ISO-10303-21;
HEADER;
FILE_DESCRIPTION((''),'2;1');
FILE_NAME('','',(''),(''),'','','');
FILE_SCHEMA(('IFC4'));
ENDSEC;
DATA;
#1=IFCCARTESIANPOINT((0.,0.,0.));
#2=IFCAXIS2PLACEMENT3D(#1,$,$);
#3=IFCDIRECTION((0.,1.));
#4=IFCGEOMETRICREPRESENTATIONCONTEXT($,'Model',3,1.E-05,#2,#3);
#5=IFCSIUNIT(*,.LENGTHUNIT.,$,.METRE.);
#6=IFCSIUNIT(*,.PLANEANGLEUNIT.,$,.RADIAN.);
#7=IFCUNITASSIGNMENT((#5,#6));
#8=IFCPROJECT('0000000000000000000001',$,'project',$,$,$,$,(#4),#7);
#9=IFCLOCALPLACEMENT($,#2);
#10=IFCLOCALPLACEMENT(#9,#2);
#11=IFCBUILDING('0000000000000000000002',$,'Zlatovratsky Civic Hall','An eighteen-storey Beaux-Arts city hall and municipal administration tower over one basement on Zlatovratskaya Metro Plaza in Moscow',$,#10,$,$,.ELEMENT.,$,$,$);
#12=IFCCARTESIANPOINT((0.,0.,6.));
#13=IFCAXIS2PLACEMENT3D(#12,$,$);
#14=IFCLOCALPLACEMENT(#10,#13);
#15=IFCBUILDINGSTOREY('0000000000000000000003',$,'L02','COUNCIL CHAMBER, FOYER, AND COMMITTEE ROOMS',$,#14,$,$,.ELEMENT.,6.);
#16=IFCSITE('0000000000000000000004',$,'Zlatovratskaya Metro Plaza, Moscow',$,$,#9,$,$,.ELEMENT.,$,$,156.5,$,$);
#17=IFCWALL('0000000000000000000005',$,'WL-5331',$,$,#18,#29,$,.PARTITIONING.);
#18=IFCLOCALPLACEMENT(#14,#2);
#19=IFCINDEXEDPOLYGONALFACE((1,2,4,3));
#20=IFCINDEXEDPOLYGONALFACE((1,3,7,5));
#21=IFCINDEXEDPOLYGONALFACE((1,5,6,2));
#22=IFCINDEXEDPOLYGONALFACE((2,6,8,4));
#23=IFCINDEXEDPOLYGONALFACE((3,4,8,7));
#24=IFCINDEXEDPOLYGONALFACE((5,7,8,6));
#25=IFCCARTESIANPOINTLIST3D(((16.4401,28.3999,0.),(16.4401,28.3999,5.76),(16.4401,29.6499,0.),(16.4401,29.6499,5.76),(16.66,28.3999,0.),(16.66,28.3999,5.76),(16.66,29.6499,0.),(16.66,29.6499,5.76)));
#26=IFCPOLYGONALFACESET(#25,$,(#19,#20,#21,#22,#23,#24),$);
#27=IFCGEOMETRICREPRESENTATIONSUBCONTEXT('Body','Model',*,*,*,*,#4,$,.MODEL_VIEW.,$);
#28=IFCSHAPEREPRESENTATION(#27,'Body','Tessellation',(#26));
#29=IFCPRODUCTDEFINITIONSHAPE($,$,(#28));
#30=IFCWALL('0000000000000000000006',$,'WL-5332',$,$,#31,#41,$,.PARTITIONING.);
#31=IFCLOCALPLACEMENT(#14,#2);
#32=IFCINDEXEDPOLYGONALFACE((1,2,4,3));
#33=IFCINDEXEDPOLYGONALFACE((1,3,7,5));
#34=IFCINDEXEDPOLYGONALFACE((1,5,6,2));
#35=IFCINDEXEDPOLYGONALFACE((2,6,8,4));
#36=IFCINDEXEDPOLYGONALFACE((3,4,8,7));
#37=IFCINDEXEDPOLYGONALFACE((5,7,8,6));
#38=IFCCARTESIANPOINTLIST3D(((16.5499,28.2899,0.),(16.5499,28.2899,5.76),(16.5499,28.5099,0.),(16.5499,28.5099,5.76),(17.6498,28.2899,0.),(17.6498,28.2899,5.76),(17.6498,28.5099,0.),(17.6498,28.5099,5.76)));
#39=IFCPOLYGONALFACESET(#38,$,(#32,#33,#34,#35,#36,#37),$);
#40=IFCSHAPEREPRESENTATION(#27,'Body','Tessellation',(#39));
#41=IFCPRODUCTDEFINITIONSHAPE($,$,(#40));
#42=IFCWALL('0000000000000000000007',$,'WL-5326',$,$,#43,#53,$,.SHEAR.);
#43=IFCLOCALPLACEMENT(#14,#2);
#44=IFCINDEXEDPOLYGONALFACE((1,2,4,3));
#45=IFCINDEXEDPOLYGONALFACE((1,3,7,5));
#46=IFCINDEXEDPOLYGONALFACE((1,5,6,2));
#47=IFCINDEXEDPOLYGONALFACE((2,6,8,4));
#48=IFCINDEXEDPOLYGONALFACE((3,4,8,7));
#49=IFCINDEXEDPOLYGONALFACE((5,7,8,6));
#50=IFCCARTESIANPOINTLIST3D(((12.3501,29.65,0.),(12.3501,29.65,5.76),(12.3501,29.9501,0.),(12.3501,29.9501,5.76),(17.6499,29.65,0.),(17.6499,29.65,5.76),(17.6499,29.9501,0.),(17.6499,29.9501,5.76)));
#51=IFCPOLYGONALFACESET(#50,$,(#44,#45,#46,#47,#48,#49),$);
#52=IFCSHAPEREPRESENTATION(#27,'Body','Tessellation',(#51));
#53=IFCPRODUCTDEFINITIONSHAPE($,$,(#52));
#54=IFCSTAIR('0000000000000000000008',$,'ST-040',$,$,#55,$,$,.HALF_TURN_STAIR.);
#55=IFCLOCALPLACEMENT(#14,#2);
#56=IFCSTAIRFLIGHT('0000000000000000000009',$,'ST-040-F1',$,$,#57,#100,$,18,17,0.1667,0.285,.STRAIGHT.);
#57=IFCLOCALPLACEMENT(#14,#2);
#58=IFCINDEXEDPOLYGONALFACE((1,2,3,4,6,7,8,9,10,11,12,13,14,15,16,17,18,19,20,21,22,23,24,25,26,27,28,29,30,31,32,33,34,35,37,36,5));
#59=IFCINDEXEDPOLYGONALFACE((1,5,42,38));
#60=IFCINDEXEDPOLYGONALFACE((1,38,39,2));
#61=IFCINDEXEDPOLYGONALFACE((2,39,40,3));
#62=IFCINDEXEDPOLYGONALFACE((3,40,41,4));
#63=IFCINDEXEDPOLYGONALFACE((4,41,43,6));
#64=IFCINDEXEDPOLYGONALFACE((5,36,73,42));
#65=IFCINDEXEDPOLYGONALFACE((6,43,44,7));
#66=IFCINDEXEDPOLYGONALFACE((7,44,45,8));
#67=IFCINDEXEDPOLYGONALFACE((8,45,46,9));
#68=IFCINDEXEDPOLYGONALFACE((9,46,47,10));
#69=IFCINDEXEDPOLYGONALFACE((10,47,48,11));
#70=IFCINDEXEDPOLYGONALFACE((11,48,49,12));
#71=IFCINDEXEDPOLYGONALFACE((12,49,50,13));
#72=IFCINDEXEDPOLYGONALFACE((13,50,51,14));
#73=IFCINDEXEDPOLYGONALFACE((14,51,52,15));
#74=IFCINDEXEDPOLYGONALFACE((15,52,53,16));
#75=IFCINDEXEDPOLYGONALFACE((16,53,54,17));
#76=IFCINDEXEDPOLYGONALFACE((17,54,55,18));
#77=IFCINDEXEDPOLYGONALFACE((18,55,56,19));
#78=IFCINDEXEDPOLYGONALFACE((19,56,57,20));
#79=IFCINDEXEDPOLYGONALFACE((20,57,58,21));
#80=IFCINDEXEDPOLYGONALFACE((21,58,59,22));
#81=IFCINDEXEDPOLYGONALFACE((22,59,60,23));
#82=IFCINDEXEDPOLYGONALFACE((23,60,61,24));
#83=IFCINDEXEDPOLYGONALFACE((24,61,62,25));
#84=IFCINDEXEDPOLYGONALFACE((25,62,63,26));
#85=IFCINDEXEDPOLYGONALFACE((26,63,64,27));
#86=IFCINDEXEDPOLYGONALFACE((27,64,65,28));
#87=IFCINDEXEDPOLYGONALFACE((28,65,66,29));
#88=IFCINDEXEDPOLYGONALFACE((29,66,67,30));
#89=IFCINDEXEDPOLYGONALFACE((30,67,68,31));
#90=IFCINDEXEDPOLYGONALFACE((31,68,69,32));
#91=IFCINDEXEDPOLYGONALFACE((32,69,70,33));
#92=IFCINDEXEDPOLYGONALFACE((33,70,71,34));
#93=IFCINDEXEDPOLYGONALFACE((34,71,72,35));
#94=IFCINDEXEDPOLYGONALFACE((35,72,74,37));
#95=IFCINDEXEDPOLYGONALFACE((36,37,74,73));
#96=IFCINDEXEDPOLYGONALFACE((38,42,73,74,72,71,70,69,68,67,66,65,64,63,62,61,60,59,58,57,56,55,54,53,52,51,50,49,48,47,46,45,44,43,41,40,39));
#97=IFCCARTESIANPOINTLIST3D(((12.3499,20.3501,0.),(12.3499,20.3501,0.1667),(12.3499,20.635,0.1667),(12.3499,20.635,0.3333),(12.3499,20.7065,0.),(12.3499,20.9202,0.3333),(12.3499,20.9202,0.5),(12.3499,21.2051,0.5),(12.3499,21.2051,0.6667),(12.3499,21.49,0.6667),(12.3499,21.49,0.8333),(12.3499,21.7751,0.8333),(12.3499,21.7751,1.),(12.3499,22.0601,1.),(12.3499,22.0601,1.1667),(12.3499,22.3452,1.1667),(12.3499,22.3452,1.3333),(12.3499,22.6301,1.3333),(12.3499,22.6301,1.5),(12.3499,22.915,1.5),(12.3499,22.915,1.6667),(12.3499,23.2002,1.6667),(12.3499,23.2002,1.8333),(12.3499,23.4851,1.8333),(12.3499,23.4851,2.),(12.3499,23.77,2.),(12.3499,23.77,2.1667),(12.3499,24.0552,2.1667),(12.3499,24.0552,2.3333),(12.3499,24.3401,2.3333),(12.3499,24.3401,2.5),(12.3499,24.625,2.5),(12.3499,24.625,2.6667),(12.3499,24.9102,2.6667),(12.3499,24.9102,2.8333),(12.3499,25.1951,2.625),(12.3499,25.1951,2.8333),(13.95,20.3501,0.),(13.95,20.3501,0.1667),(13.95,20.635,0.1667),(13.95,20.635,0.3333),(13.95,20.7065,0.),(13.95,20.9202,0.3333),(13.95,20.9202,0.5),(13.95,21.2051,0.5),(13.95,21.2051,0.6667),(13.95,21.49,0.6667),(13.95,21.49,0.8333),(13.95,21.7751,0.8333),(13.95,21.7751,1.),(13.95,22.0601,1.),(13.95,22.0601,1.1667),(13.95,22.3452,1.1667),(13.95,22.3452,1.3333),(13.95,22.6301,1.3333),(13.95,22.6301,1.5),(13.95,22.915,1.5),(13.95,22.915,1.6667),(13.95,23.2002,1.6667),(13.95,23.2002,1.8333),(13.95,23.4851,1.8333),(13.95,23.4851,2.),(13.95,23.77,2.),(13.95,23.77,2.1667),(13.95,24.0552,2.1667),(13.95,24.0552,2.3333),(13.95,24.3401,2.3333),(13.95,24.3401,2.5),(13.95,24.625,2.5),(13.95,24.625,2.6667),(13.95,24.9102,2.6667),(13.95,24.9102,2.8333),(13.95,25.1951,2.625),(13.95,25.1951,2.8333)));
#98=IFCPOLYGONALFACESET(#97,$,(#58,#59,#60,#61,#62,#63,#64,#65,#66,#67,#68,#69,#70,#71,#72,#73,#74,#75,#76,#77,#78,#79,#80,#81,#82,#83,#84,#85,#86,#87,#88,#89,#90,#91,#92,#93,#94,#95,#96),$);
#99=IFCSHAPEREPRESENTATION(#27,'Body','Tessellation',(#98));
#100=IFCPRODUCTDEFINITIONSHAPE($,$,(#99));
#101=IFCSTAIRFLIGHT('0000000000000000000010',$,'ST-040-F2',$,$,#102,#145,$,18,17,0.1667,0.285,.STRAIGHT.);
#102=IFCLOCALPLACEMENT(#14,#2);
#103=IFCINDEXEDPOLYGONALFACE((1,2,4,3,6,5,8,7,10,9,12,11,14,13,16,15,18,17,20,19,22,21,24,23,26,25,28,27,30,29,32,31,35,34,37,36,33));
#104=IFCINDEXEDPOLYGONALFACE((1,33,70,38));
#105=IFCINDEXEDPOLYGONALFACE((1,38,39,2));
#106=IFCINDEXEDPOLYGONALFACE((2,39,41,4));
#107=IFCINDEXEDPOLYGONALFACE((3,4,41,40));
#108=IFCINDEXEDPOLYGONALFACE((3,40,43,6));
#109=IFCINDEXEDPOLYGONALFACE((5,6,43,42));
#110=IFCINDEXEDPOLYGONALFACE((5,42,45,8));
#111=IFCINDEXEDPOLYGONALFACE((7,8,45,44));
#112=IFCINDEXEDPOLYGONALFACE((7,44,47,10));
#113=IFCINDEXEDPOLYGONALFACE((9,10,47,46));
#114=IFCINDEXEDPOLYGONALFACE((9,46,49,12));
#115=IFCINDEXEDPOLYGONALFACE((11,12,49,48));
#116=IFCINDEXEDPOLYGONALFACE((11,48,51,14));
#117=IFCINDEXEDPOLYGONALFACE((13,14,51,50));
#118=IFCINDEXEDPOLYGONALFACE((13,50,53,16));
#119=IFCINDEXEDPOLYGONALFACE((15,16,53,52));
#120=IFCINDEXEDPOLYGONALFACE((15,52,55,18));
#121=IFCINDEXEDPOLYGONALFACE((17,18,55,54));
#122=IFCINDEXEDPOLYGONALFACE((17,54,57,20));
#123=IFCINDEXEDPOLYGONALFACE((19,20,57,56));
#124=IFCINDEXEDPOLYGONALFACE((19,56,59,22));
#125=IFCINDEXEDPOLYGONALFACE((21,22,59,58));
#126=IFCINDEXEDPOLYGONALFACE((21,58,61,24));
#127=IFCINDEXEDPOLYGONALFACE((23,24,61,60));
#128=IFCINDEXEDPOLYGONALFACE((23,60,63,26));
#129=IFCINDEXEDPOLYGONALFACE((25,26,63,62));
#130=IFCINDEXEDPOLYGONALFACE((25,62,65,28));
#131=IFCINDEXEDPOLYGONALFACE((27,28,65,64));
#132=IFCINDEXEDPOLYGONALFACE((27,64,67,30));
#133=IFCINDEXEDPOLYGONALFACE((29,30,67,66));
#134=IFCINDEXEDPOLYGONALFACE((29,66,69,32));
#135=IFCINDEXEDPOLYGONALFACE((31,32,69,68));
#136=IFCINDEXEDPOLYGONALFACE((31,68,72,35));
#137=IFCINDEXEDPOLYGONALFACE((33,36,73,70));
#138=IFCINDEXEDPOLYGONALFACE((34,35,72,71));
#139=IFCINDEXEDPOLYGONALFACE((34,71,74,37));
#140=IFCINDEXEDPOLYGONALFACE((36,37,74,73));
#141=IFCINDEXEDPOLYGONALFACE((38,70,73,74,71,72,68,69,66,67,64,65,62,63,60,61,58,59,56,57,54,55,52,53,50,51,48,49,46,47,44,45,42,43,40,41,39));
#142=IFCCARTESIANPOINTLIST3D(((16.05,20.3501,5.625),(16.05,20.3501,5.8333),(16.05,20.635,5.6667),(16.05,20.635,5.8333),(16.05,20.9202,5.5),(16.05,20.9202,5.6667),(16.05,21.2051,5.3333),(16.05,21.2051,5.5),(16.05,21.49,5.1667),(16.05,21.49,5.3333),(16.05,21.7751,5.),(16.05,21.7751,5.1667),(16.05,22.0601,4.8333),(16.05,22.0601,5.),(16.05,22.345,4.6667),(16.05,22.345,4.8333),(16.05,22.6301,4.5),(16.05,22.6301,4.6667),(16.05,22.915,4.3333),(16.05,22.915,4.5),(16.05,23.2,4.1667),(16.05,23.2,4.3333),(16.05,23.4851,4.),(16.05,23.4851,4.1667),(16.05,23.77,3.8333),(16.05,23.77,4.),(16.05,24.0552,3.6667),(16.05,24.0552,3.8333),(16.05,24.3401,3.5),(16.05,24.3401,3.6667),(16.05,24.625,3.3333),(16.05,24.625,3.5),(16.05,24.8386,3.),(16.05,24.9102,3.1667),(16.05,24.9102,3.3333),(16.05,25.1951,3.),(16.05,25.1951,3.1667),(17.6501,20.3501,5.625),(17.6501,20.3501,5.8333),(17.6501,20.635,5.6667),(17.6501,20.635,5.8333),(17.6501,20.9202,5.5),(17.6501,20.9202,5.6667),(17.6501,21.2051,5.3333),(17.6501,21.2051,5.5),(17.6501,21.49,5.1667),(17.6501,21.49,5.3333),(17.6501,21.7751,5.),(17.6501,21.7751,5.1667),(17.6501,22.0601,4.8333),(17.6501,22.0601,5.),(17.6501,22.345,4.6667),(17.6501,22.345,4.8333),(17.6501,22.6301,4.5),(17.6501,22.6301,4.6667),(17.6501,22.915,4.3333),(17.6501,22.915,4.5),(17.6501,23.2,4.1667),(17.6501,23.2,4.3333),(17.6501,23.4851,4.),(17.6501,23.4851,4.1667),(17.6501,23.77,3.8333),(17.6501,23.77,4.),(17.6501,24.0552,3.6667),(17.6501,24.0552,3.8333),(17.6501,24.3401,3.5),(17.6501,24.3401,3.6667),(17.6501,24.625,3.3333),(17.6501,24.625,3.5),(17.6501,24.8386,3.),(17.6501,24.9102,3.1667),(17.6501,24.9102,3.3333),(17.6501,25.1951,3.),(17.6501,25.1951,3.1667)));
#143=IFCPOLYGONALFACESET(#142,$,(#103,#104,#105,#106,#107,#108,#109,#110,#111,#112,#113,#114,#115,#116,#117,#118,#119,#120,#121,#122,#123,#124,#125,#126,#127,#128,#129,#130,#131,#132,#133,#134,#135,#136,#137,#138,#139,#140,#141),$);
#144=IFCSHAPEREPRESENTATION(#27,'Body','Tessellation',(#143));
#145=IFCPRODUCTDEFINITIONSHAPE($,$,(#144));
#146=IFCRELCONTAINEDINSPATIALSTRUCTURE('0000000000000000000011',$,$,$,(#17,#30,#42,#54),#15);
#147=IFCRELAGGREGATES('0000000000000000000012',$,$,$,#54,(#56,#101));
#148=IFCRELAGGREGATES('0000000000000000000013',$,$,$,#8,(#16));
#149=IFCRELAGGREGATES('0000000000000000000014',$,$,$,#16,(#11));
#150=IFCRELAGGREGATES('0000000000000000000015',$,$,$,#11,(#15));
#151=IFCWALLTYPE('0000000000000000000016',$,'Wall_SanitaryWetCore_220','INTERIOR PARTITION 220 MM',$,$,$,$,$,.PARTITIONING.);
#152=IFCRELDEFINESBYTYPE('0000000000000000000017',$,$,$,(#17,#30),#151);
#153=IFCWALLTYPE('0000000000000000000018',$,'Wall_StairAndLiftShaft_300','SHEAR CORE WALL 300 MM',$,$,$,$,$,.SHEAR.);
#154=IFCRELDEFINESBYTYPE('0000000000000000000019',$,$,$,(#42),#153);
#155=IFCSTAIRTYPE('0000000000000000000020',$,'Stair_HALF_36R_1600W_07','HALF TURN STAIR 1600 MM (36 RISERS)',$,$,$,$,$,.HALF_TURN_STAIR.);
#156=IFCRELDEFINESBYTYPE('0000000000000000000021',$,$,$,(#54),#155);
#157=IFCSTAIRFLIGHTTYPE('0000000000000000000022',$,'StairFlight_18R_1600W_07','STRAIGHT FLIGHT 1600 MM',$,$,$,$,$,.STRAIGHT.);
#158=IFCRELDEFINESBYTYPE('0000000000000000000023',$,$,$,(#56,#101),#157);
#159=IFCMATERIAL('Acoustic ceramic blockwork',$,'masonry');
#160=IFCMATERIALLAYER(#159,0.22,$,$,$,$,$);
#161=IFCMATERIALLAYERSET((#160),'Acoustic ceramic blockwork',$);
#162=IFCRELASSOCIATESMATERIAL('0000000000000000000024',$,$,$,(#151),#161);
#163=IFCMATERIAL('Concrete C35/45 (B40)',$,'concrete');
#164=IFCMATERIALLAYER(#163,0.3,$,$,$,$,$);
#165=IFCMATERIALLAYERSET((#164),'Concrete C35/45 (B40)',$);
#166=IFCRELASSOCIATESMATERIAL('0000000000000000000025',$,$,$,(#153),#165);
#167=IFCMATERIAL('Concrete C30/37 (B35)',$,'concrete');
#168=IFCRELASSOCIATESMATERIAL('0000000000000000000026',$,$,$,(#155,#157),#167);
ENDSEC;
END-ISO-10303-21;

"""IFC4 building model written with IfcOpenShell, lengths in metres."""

from ifc_helpers import new_model, si_unit, direction, frame, frame_2d, origin, place, context, subcontext, project, spatial, polyline, rectangle, outline, extrude, material, layer, layer_set, type_object, element, aggregate, save


model = new_model("IFC4")

# Units and contexts
model_context = context("Model", 3, precision=1e-05, world=origin(), true_north=direction((0.0, 1.0)))
body_context = subcontext(model_context, "Body", "Model", "MODEL_VIEW")
ifc_project = project(units=[si_unit("LENGTHUNIT", "METRE"), si_unit("PLANEANGLEUNIT", "RADIAN")], contexts=[model_context])

# Site, building, storey
site_placement = place(None, origin())
site = spatial("IfcSite", under=ifc_project, at=site_placement, Name="Zlatovratskaya Metro Plaza, Moscow", CompositionType="ELEMENT", RefElevation=156.5)
building_placement = place(site_placement, origin())
building = spatial("IfcBuilding", under=site, at=building_placement, Name="Zlatovratsky Civic Hall", Description="An eighteen-storey Beaux-Arts city hall and municipal administration tower over one basement on Zlatovratskaya Metro Plaza in Moscow", CompositionType="ELEMENT")
storey_placement = place(building_placement, frame((0.0, 0.0, 6.0)))
storey = spatial("IfcBuildingStorey", under=building, at=storey_placement, Name="L02", Description="COUNCIL CHAMBER, FOYER, AND COMMITTEE ROOMS", CompositionType="ELEMENT", Elevation=6.0)

# Shared definitions
ifc_material_1 = material(Name="Concrete C35/45 (B40)", Category="concrete")

# Shared definitions
ifc_material_2 = material(Name="Acoustic ceramic blockwork", Category="masonry")

# Walls
ifc_layer_1 = layer(ifc_material_2, 0.22)
ifc_layer_set_1 = layer_set([ifc_layer_1], Name="Acoustic ceramic blockwork")
wall_type_1 = type_object("IfcWallType", Name="Wall_SanitaryWetCore_220", Description="INTERIOR PARTITION 220 MM", PredefinedType="PARTITIONING", material=ifc_layer_set_1)
wall_1_placement = place(storey_placement, frame((16.55, 28.3999, 0.0), z_axis=(0.0, 0.0, 1.0), x_axis=(0.0, 1.0, 0.0)))
element("IfcWall", 1, at=wall_1_placement, inside=storey, type_object=wall_type_1, Name="WL-5331", PredefinedType="PARTITIONING", context=body_context, shape_type="SweptSolid", body=[
    extrude(rectangle(XDim=1.25, YDim=0.22, at=frame_2d((0.625, 0.0))), origin(), (0.0, 0.0, 1.0), 5.76),
])
wall_2_placement = place(storey_placement, frame((16.55, 28.3999, 0.0), z_axis=(0.0, 0.0, 1.0), x_axis=(1.0, 0.0, 0.0)))
element("IfcWall", 2, at=wall_2_placement, inside=storey, type_object=wall_type_1, Name="WL-5332", PredefinedType="PARTITIONING", context=body_context, shape_type="SweptSolid", body=[
    extrude(rectangle(XDim=1.0999, YDim=0.22, at=frame_2d((0.5498, 0.0))), origin(), (0.0, 0.0, 1.0), 5.76),
])
ifc_layer_2 = layer(ifc_material_1, 0.3)
ifc_layer_set_2 = layer_set([ifc_layer_2], Name="Concrete C35/45 (B40)")
wall_type_2 = type_object("IfcWallType", Name="Wall_StairAndLiftShaft_300", Description="SHEAR CORE WALL 300 MM", PredefinedType="SHEAR", material=ifc_layer_set_2)
wall_3_placement = place(storey_placement, frame((12.3501, 29.8, 0.0), z_axis=(0.0, 0.0, 1.0), x_axis=(1.0, 0.0, 0.0)))
element("IfcWall", 3, at=wall_3_placement, inside=storey, type_object=wall_type_2, Name="WL-5326", PredefinedType="SHEAR", context=body_context, shape_type="SweptSolid", body=[
    extrude(rectangle(XDim=5.2998, YDim=0.3, at=frame_2d((2.6499, 0.0))), origin(), (0.0, 0.0, 1.0), 5.76),
])

# Stair, stair flights
ifc_material_3 = material(Name="Concrete C30/37 (B35)", Category="concrete")
stair_type = type_object("IfcStairType", Name="Stair_HALF_36R_1600W_07", Description="HALF TURN STAIR 1600 MM (36 RISERS)", PredefinedType="HALF_TURN_STAIR", material=ifc_material_3)
stair_placement = place(storey_placement, origin())
stair = element("IfcStair", 4, at=stair_placement, inside=storey, type_object=stair_type, Name="ST-040", PredefinedType="HALF_TURN_STAIR")
stair_flight_type = type_object("IfcStairFlightType", Name="StairFlight_18R_1600W_07", Description="STRAIGHT FLIGHT 1600 MM", PredefinedType="STRAIGHT", material=ifc_material_3)
stair_flight_1_placement = place(storey_placement, frame((13.1499, 20.3501, 0.0), z_axis=(0.0, 0.0, 1.0), x_axis=(0.0, 1.0, 0.0)))
stair_flight_1 = element("IfcStairFlight", 5, at=stair_flight_1_placement, type_object=stair_flight_type, Name="ST-040-F1", NumberOfRisers=18, NumberOfTreads=17, PredefinedType="STRAIGHT", RiserHeight=0.1667, TreadLength=0.285, context=body_context, shape_type="SweptSolid", body=[
    extrude(outline(polyline([(0.0, 0.0), (0.0, 0.1667), (0.2849, 0.1667), (0.2849, 0.3333), (0.5701, 0.3333), (0.5701, 0.5), (0.855, 0.5), (0.855, 0.6667), (1.1399, 0.6667), (1.1399, 0.8333), (1.425, 0.8333), (1.425, 1.0), (1.71, 1.0), (1.71, 1.1667), (1.9951, 1.1667), (1.9951, 1.3333), (2.28, 1.3333), (2.28, 1.5), (2.5649, 1.5), (2.5649, 1.6667), (2.8501, 1.6667), (2.8501, 1.8333), (3.135, 1.8333), (3.135, 2.0), (3.4199, 2.0), (3.4199, 2.1667), (3.7051, 2.1667), (3.7051, 2.3333), (3.99, 2.3333), (3.99, 2.5), (4.2749, 2.5), (4.2749, 2.6667), (4.5601, 2.6667), (4.5601, 2.8333), (4.845, 2.8333), (4.845, 3.0), (4.845, 2.625), (0.3564, 0.0), (0.0, 0.0)])), frame((0.0, 0.8, 0.0), z_axis=(0.0, -1.0, 0.0), x_axis=(1.0, 0.0, 0.0)), (0.0, 0.0, 1.0), 1.6001),
])
stair_flight_2_placement = place(storey_placement, frame((16.8501, 25.1951, 3.0), z_axis=(0.0, 0.0, 1.0), x_axis=(0.0, -1.0, 0.0)))
stair_flight_2 = element("IfcStairFlight", 6, at=stair_flight_2_placement, type_object=stair_flight_type, Name="ST-040-F2", NumberOfRisers=18, NumberOfTreads=17, PredefinedType="STRAIGHT", RiserHeight=0.1667, TreadLength=0.285, context=body_context, shape_type="SweptSolid", body=[
    extrude(outline(polyline([(0.0, 0.0), (0.0, 0.1667), (0.2849, 0.1667), (0.2849, 0.3333), (0.5701, 0.3333), (0.5701, 0.5), (0.855, 0.5), (0.855, 0.6667), (1.1399, 0.6667), (1.1399, 0.8333), (1.425, 0.8333), (1.425, 1.0), (1.71, 1.0), (1.71, 1.1667), (1.9951, 1.1667), (1.9951, 1.3333), (2.28, 1.3333), (2.28, 1.5), (2.5649, 1.5), (2.5649, 1.6667), (2.8501, 1.6667), (2.8501, 1.8333), (3.135, 1.8333), (3.135, 2.0), (3.4199, 2.0), (3.4199, 2.1667), (3.7051, 2.1667), (3.7051, 2.3333), (3.99, 2.3333), (3.99, 2.5), (4.2749, 2.5), (4.2749, 2.6667), (4.5601, 2.6667), (4.5601, 2.8333), (4.845, 2.8333), (4.845, 3.0), (4.845, 2.625), (0.3564, 0.0), (0.0, 0.0)])), frame((0.0, 0.8, 0.0), z_axis=(0.0, -1.0, 0.0), x_axis=(1.0, 0.0, 0.0)), (0.0, 0.0, 1.0), 1.6001),
])
aggregate(stair, [stair_flight_1, stair_flight_2])

save(model, "model.ifc")
